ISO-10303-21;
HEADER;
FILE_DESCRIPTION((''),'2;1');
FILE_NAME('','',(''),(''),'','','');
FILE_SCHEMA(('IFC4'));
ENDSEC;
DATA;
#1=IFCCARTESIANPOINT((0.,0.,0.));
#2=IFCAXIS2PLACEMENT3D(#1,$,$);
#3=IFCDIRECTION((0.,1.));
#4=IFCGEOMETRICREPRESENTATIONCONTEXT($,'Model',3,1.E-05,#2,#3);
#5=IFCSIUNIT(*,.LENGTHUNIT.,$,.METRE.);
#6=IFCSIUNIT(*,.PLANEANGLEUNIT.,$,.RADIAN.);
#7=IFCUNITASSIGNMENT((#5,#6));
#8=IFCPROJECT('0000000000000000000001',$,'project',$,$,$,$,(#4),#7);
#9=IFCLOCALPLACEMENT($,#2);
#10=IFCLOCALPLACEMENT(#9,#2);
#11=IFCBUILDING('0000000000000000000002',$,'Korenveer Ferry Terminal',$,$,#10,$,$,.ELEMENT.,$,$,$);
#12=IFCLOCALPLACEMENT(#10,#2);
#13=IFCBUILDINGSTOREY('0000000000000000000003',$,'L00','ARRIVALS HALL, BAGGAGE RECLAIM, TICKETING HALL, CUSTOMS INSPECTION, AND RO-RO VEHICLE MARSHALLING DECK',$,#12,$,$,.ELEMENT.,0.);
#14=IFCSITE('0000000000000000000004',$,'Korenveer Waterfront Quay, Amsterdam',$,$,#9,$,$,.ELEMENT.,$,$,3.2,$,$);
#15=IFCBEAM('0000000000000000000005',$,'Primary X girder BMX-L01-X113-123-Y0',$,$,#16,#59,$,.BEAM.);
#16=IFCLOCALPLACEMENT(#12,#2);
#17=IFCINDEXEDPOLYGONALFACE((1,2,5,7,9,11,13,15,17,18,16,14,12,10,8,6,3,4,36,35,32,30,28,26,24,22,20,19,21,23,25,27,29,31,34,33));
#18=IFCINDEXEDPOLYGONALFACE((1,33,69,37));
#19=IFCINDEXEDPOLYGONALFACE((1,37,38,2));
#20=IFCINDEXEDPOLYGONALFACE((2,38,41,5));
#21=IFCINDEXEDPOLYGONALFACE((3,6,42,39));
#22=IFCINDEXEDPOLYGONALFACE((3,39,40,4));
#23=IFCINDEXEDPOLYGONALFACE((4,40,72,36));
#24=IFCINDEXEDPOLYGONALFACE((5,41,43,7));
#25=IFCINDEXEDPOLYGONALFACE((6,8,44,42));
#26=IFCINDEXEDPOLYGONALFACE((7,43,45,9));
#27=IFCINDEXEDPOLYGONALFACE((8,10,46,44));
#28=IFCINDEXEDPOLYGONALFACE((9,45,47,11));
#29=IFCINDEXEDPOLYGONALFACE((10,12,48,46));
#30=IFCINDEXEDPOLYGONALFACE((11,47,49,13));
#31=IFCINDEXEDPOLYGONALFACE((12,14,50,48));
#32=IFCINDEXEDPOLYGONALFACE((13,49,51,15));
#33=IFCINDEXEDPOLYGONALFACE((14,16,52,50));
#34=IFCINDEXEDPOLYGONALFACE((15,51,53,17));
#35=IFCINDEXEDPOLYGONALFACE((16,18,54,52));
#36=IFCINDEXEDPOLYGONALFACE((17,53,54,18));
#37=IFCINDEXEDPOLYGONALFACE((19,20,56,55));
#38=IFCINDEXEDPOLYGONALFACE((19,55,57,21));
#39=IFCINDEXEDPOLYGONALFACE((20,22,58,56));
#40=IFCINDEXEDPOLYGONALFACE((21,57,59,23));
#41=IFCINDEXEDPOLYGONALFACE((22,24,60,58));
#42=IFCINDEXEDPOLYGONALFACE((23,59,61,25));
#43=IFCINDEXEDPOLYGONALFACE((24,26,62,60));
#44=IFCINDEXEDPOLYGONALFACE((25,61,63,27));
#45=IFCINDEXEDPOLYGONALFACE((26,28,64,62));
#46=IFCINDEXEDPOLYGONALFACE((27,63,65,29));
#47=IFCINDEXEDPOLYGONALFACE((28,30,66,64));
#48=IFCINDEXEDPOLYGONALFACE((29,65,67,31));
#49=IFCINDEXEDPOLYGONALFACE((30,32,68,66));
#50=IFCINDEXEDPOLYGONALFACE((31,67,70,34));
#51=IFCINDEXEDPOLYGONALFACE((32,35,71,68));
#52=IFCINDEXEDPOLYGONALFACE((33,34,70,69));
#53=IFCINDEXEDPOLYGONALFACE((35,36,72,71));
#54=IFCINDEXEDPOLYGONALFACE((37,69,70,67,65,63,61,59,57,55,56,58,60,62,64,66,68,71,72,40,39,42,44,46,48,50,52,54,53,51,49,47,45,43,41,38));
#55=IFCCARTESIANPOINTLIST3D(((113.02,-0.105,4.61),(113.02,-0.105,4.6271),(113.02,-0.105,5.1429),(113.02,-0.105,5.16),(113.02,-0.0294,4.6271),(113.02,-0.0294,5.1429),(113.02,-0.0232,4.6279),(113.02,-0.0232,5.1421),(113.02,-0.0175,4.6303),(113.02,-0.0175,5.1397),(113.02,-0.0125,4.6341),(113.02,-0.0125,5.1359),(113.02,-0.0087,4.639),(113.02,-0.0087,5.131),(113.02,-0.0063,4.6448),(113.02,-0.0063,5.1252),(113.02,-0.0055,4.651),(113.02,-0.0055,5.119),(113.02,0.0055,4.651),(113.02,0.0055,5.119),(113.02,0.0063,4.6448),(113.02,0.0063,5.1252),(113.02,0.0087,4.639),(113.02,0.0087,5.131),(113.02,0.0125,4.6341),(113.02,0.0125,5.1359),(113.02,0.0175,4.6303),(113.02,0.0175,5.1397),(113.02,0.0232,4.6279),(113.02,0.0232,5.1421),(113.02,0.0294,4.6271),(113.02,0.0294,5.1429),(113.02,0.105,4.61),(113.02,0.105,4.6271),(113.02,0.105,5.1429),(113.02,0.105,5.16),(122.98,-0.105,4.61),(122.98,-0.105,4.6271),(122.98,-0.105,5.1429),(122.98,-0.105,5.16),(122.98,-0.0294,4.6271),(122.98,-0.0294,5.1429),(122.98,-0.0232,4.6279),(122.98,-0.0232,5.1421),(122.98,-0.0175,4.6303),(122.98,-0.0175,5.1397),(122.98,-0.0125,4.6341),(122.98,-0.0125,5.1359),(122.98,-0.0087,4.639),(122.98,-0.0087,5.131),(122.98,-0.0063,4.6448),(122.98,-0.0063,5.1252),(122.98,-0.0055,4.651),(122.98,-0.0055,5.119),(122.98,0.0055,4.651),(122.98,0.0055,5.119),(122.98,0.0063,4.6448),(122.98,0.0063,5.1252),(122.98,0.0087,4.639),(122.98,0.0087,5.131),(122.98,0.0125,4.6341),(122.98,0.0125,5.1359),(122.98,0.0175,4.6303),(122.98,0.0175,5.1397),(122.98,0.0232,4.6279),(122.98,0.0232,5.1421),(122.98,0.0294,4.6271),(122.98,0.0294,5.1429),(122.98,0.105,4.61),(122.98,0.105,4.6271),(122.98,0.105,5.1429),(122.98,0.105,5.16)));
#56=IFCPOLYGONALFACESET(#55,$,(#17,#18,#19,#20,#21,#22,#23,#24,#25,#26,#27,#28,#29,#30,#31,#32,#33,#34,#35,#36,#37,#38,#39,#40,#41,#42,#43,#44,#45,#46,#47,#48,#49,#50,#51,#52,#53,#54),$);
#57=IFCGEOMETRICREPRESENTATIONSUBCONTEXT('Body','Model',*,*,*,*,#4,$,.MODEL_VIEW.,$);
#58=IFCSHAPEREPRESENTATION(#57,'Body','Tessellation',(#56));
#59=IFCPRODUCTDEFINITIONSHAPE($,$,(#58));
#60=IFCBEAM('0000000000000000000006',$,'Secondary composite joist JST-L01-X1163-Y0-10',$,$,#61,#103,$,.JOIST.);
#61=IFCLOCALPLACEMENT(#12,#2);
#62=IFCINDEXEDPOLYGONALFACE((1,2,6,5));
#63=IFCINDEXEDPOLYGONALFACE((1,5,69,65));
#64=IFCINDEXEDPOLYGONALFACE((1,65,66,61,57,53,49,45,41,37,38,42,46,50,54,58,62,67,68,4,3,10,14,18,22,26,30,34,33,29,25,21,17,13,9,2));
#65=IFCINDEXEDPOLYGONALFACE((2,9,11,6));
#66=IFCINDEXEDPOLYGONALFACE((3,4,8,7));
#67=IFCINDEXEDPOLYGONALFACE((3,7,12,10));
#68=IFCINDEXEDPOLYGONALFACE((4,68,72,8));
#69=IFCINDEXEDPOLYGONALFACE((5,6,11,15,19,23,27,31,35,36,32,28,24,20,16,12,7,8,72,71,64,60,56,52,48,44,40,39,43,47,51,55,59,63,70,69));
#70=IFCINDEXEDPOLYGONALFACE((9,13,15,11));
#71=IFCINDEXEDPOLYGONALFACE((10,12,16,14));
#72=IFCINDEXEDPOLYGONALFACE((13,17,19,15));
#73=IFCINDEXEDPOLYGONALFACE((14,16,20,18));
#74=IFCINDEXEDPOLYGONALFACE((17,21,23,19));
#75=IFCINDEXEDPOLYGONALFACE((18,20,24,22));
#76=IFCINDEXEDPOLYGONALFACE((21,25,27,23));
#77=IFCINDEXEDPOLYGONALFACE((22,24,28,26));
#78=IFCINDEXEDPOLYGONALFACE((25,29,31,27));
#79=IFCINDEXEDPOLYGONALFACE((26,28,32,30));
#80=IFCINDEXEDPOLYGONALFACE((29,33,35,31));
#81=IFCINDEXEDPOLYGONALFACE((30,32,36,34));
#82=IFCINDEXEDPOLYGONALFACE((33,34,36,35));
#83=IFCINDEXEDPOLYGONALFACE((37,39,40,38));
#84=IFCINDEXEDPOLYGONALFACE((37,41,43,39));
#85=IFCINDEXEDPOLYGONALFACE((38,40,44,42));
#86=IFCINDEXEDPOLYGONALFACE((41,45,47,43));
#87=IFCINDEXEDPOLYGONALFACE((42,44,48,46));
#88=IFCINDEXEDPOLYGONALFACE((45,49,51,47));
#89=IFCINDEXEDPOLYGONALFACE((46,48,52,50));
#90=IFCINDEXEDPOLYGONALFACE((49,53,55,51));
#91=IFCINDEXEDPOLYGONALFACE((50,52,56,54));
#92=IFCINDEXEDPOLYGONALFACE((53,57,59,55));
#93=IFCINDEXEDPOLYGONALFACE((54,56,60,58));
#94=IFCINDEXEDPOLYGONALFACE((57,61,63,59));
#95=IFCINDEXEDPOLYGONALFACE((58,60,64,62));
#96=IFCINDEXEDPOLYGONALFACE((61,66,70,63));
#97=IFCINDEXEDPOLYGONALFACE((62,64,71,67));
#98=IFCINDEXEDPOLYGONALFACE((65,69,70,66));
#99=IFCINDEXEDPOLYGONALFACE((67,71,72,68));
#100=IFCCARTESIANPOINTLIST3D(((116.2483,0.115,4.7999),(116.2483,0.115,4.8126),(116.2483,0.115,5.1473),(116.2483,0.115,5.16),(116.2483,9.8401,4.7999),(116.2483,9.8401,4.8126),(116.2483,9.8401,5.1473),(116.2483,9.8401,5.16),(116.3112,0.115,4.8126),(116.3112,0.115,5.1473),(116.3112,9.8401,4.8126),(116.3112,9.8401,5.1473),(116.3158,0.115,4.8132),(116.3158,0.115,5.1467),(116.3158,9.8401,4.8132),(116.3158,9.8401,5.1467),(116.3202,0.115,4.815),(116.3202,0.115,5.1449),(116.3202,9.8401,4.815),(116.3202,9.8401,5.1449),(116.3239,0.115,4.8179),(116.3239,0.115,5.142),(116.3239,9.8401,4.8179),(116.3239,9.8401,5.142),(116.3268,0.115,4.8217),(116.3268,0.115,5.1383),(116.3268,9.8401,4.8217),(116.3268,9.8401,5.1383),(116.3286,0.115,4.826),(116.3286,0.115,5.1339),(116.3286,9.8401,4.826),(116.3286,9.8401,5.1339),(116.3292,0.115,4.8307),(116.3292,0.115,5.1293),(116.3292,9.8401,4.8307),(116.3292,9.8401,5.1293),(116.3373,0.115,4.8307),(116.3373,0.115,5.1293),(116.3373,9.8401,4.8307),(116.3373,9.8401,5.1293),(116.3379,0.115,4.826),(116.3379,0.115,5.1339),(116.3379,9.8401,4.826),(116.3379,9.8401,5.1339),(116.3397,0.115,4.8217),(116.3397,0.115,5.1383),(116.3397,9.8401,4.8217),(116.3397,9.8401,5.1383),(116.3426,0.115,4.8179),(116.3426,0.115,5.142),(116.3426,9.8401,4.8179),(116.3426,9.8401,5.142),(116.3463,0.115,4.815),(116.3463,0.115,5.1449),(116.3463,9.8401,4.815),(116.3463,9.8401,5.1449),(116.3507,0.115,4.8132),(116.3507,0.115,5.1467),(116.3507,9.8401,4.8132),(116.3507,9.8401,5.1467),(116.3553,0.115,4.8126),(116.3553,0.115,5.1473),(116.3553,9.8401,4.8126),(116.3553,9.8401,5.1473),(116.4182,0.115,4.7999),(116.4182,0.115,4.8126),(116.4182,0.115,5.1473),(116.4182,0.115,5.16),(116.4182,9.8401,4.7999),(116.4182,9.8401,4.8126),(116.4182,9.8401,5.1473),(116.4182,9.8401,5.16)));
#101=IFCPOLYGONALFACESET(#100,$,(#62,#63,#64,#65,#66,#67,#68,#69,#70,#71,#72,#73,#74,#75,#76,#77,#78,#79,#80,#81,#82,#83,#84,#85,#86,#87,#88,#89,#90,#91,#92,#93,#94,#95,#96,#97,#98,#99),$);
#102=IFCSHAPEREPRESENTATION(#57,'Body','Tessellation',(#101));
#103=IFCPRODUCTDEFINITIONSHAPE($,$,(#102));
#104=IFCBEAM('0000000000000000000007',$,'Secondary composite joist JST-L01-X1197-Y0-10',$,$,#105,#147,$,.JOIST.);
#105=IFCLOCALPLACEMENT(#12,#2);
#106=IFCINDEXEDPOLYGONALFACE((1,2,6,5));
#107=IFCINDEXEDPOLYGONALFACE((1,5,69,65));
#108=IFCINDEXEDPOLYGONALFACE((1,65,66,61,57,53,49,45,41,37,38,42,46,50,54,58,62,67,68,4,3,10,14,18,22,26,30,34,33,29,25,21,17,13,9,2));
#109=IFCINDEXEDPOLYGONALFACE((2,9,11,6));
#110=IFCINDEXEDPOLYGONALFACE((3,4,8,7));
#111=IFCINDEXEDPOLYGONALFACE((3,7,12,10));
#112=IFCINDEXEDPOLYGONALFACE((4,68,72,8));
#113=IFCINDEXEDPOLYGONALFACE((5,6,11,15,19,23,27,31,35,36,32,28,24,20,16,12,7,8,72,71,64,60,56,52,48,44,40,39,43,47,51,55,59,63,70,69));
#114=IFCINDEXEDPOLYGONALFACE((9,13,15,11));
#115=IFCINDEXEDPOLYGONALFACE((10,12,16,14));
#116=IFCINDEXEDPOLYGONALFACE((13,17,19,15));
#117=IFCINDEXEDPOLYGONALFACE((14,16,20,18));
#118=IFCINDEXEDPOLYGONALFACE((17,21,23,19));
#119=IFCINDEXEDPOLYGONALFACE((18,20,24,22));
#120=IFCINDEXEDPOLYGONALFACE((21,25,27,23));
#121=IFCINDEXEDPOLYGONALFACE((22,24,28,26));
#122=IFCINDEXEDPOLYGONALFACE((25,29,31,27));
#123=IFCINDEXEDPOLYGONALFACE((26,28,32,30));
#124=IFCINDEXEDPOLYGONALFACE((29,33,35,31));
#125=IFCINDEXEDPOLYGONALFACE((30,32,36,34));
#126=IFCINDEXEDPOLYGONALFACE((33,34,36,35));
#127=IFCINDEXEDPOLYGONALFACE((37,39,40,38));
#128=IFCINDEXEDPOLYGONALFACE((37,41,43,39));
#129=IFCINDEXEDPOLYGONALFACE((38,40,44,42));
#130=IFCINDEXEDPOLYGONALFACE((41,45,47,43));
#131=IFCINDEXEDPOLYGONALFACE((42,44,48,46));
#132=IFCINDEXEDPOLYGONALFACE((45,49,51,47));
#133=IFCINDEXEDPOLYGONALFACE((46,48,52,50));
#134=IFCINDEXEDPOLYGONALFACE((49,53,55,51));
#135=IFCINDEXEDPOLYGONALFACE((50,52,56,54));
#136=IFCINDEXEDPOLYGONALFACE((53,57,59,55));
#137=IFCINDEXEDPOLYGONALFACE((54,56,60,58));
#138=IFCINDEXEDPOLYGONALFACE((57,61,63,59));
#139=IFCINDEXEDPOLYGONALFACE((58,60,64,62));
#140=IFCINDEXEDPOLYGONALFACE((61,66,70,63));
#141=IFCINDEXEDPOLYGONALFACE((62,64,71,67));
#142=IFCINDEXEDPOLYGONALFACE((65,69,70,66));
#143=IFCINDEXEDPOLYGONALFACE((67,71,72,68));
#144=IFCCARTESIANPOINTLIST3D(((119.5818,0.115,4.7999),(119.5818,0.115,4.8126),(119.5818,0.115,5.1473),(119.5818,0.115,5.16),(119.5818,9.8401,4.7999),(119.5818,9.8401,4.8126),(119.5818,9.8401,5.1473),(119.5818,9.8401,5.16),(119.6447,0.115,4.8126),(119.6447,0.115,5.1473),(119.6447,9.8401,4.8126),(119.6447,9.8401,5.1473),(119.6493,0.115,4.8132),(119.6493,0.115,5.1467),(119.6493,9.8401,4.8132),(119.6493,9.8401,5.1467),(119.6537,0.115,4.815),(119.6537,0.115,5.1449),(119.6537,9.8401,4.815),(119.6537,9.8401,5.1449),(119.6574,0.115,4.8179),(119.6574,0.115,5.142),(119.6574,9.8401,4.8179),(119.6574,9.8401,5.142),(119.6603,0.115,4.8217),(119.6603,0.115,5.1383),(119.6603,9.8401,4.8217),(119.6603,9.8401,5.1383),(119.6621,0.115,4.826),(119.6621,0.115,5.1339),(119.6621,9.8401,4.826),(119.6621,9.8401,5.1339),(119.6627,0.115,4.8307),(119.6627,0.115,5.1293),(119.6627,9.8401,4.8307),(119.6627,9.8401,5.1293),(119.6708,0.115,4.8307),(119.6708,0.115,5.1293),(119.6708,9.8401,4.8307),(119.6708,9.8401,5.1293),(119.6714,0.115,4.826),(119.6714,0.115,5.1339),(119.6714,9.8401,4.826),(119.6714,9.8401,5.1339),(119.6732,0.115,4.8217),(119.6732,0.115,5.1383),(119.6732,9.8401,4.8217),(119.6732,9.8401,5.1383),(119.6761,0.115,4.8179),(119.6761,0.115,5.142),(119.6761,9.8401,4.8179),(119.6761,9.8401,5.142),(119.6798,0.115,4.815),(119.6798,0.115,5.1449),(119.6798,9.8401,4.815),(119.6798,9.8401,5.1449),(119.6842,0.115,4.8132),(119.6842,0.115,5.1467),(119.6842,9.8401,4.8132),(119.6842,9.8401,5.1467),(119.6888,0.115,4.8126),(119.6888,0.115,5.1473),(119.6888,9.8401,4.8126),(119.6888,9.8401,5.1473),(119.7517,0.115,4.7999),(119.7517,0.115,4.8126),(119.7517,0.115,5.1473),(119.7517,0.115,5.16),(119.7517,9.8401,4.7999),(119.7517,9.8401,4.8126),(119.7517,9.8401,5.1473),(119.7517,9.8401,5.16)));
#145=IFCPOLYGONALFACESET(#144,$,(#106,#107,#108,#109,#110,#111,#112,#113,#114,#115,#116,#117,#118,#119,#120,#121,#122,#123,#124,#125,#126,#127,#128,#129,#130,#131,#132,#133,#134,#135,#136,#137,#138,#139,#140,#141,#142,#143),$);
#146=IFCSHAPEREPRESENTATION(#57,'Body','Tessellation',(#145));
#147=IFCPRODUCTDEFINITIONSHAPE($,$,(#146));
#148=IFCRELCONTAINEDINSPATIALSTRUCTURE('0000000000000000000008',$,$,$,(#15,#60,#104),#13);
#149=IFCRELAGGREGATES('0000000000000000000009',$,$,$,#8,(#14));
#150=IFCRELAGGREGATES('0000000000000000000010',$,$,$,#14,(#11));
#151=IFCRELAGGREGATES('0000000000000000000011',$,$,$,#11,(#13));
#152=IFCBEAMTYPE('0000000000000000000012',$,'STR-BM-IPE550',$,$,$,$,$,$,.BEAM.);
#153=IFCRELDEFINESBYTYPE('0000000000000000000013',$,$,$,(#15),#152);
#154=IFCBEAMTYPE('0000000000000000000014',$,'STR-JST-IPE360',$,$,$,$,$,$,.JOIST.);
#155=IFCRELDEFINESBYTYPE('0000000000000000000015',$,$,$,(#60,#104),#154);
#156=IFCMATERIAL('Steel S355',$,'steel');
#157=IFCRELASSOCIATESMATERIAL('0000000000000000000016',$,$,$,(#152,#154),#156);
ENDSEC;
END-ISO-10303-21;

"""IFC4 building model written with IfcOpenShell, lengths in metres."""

from ifc_helpers import new_model, si_unit, direction, frame, origin, origin_2d, place, context, subcontext, project, spatial, i_section, extrude, material, material_profile, profile_set, type_object, element, save


model = new_model("IFC4")

# Units and contexts
model_context = context("Model", 3, precision=1e-05, world=origin(), true_north=direction((0.0, 1.0)))
body_context = subcontext(model_context, "Body", "Model", "MODEL_VIEW")
ifc_project = project(units=[si_unit("LENGTHUNIT", "METRE"), si_unit("PLANEANGLEUNIT", "RADIAN")], contexts=[model_context])

# Site, building, storey
site_placement = place(None, origin())
site = spatial("IfcSite", under=ifc_project, at=site_placement, Name="Korenveer Waterfront Quay, Amsterdam", CompositionType="ELEMENT", RefElevation=3.2)
building_placement = place(site_placement, origin())
building = spatial("IfcBuilding", under=site, at=building_placement, Name="Korenveer Ferry Terminal", CompositionType="ELEMENT")
storey_placement = place(building_placement, origin())
storey = spatial("IfcBuildingStorey", under=building, at=storey_placement, Name="L00", Description="ARRIVALS HALL, BAGGAGE RECLAIM, TICKETING HALL, CUSTOMS INSPECTION, AND RO-RO VEHICLE MARSHALLING DECK", CompositionType="ELEMENT", Elevation=0.0)

# Shared definitions
ifc_material_1 = material(Name="Steel S355", Category="steel")

# Beams
ifc_material_profile_1 = material_profile(ifc_material_1, i_section(OverallWidth=0.21, OverallDepth=0.55, WebThickness=0.011, FlangeThickness=0.0171, FilletRadius=0.0239, at=origin_2d()), Name="IPE 550")
ifc_profile_set_1 = profile_set([ifc_material_profile_1], Name="Steel S355")
beam_type_1 = type_object("IfcBeamType", Name="STR-BM-IPE550", PredefinedType="BEAM", material=ifc_profile_set_1)
beam_1_placement = place(storey_placement, frame((113.02, 0.0, 4.885), z_axis=(1.0, 0.0, 0.0), x_axis=(0.0, 1.0, 0.0)))
element("IfcBeam", 1, at=beam_1_placement, inside=storey, type_object=beam_type_1, Name="Primary X girder BMX-L01-X113-123-Y0", PredefinedType="BEAM", context=body_context, shape_type="SweptSolid", body=[
    extrude(i_section(OverallWidth=0.21, OverallDepth=0.55, WebThickness=0.011, FlangeThickness=0.0171, FilletRadius=0.0239, at=origin_2d()), origin(), (0.0, 0.0, 1.0), 9.96),
])
ifc_material_profile_2 = material_profile(ifc_material_1, i_section(OverallWidth=0.1699, OverallDepth=0.3601, WebThickness=0.0081, FlangeThickness=0.0127, FilletRadius=0.0181, at=origin_2d()), Name="IPE 360")
ifc_profile_set_2 = profile_set([ifc_material_profile_2], Name="Steel S355")
beam_type_2 = type_object("IfcBeamType", Name="STR-JST-IPE360", PredefinedType="JOIST", material=ifc_profile_set_2)
for number, where, z_axis, x_axis, name in (
    (2, (116.3333, 0.115, 4.98), (0.0, 1.0, 0.0), (-1.0, 0.0, 0.0), "Secondary composite joist JST-L01-X1163-Y0-10"),
    (3, (119.6667, 0.115, 4.98), (0.0, 1.0, 0.0), (-1.0, 0.0, 0.0), "Secondary composite joist JST-L01-X1197-Y0-10"),
):
    element("IfcBeam", number, at=place(storey_placement, frame(where, z_axis=z_axis, x_axis=x_axis)), inside=storey, type_object=beam_type_2, Name=name, PredefinedType="JOIST", context=body_context, shape_type="SweptSolid", body=[
        extrude(i_section(OverallWidth=0.1699, OverallDepth=0.3601, WebThickness=0.0081, FlangeThickness=0.0127, FilletRadius=0.0181, at=origin_2d()), origin(), (0.0, 0.0, 1.0), 9.7251),
    ])

save(model, "model.ifc")
